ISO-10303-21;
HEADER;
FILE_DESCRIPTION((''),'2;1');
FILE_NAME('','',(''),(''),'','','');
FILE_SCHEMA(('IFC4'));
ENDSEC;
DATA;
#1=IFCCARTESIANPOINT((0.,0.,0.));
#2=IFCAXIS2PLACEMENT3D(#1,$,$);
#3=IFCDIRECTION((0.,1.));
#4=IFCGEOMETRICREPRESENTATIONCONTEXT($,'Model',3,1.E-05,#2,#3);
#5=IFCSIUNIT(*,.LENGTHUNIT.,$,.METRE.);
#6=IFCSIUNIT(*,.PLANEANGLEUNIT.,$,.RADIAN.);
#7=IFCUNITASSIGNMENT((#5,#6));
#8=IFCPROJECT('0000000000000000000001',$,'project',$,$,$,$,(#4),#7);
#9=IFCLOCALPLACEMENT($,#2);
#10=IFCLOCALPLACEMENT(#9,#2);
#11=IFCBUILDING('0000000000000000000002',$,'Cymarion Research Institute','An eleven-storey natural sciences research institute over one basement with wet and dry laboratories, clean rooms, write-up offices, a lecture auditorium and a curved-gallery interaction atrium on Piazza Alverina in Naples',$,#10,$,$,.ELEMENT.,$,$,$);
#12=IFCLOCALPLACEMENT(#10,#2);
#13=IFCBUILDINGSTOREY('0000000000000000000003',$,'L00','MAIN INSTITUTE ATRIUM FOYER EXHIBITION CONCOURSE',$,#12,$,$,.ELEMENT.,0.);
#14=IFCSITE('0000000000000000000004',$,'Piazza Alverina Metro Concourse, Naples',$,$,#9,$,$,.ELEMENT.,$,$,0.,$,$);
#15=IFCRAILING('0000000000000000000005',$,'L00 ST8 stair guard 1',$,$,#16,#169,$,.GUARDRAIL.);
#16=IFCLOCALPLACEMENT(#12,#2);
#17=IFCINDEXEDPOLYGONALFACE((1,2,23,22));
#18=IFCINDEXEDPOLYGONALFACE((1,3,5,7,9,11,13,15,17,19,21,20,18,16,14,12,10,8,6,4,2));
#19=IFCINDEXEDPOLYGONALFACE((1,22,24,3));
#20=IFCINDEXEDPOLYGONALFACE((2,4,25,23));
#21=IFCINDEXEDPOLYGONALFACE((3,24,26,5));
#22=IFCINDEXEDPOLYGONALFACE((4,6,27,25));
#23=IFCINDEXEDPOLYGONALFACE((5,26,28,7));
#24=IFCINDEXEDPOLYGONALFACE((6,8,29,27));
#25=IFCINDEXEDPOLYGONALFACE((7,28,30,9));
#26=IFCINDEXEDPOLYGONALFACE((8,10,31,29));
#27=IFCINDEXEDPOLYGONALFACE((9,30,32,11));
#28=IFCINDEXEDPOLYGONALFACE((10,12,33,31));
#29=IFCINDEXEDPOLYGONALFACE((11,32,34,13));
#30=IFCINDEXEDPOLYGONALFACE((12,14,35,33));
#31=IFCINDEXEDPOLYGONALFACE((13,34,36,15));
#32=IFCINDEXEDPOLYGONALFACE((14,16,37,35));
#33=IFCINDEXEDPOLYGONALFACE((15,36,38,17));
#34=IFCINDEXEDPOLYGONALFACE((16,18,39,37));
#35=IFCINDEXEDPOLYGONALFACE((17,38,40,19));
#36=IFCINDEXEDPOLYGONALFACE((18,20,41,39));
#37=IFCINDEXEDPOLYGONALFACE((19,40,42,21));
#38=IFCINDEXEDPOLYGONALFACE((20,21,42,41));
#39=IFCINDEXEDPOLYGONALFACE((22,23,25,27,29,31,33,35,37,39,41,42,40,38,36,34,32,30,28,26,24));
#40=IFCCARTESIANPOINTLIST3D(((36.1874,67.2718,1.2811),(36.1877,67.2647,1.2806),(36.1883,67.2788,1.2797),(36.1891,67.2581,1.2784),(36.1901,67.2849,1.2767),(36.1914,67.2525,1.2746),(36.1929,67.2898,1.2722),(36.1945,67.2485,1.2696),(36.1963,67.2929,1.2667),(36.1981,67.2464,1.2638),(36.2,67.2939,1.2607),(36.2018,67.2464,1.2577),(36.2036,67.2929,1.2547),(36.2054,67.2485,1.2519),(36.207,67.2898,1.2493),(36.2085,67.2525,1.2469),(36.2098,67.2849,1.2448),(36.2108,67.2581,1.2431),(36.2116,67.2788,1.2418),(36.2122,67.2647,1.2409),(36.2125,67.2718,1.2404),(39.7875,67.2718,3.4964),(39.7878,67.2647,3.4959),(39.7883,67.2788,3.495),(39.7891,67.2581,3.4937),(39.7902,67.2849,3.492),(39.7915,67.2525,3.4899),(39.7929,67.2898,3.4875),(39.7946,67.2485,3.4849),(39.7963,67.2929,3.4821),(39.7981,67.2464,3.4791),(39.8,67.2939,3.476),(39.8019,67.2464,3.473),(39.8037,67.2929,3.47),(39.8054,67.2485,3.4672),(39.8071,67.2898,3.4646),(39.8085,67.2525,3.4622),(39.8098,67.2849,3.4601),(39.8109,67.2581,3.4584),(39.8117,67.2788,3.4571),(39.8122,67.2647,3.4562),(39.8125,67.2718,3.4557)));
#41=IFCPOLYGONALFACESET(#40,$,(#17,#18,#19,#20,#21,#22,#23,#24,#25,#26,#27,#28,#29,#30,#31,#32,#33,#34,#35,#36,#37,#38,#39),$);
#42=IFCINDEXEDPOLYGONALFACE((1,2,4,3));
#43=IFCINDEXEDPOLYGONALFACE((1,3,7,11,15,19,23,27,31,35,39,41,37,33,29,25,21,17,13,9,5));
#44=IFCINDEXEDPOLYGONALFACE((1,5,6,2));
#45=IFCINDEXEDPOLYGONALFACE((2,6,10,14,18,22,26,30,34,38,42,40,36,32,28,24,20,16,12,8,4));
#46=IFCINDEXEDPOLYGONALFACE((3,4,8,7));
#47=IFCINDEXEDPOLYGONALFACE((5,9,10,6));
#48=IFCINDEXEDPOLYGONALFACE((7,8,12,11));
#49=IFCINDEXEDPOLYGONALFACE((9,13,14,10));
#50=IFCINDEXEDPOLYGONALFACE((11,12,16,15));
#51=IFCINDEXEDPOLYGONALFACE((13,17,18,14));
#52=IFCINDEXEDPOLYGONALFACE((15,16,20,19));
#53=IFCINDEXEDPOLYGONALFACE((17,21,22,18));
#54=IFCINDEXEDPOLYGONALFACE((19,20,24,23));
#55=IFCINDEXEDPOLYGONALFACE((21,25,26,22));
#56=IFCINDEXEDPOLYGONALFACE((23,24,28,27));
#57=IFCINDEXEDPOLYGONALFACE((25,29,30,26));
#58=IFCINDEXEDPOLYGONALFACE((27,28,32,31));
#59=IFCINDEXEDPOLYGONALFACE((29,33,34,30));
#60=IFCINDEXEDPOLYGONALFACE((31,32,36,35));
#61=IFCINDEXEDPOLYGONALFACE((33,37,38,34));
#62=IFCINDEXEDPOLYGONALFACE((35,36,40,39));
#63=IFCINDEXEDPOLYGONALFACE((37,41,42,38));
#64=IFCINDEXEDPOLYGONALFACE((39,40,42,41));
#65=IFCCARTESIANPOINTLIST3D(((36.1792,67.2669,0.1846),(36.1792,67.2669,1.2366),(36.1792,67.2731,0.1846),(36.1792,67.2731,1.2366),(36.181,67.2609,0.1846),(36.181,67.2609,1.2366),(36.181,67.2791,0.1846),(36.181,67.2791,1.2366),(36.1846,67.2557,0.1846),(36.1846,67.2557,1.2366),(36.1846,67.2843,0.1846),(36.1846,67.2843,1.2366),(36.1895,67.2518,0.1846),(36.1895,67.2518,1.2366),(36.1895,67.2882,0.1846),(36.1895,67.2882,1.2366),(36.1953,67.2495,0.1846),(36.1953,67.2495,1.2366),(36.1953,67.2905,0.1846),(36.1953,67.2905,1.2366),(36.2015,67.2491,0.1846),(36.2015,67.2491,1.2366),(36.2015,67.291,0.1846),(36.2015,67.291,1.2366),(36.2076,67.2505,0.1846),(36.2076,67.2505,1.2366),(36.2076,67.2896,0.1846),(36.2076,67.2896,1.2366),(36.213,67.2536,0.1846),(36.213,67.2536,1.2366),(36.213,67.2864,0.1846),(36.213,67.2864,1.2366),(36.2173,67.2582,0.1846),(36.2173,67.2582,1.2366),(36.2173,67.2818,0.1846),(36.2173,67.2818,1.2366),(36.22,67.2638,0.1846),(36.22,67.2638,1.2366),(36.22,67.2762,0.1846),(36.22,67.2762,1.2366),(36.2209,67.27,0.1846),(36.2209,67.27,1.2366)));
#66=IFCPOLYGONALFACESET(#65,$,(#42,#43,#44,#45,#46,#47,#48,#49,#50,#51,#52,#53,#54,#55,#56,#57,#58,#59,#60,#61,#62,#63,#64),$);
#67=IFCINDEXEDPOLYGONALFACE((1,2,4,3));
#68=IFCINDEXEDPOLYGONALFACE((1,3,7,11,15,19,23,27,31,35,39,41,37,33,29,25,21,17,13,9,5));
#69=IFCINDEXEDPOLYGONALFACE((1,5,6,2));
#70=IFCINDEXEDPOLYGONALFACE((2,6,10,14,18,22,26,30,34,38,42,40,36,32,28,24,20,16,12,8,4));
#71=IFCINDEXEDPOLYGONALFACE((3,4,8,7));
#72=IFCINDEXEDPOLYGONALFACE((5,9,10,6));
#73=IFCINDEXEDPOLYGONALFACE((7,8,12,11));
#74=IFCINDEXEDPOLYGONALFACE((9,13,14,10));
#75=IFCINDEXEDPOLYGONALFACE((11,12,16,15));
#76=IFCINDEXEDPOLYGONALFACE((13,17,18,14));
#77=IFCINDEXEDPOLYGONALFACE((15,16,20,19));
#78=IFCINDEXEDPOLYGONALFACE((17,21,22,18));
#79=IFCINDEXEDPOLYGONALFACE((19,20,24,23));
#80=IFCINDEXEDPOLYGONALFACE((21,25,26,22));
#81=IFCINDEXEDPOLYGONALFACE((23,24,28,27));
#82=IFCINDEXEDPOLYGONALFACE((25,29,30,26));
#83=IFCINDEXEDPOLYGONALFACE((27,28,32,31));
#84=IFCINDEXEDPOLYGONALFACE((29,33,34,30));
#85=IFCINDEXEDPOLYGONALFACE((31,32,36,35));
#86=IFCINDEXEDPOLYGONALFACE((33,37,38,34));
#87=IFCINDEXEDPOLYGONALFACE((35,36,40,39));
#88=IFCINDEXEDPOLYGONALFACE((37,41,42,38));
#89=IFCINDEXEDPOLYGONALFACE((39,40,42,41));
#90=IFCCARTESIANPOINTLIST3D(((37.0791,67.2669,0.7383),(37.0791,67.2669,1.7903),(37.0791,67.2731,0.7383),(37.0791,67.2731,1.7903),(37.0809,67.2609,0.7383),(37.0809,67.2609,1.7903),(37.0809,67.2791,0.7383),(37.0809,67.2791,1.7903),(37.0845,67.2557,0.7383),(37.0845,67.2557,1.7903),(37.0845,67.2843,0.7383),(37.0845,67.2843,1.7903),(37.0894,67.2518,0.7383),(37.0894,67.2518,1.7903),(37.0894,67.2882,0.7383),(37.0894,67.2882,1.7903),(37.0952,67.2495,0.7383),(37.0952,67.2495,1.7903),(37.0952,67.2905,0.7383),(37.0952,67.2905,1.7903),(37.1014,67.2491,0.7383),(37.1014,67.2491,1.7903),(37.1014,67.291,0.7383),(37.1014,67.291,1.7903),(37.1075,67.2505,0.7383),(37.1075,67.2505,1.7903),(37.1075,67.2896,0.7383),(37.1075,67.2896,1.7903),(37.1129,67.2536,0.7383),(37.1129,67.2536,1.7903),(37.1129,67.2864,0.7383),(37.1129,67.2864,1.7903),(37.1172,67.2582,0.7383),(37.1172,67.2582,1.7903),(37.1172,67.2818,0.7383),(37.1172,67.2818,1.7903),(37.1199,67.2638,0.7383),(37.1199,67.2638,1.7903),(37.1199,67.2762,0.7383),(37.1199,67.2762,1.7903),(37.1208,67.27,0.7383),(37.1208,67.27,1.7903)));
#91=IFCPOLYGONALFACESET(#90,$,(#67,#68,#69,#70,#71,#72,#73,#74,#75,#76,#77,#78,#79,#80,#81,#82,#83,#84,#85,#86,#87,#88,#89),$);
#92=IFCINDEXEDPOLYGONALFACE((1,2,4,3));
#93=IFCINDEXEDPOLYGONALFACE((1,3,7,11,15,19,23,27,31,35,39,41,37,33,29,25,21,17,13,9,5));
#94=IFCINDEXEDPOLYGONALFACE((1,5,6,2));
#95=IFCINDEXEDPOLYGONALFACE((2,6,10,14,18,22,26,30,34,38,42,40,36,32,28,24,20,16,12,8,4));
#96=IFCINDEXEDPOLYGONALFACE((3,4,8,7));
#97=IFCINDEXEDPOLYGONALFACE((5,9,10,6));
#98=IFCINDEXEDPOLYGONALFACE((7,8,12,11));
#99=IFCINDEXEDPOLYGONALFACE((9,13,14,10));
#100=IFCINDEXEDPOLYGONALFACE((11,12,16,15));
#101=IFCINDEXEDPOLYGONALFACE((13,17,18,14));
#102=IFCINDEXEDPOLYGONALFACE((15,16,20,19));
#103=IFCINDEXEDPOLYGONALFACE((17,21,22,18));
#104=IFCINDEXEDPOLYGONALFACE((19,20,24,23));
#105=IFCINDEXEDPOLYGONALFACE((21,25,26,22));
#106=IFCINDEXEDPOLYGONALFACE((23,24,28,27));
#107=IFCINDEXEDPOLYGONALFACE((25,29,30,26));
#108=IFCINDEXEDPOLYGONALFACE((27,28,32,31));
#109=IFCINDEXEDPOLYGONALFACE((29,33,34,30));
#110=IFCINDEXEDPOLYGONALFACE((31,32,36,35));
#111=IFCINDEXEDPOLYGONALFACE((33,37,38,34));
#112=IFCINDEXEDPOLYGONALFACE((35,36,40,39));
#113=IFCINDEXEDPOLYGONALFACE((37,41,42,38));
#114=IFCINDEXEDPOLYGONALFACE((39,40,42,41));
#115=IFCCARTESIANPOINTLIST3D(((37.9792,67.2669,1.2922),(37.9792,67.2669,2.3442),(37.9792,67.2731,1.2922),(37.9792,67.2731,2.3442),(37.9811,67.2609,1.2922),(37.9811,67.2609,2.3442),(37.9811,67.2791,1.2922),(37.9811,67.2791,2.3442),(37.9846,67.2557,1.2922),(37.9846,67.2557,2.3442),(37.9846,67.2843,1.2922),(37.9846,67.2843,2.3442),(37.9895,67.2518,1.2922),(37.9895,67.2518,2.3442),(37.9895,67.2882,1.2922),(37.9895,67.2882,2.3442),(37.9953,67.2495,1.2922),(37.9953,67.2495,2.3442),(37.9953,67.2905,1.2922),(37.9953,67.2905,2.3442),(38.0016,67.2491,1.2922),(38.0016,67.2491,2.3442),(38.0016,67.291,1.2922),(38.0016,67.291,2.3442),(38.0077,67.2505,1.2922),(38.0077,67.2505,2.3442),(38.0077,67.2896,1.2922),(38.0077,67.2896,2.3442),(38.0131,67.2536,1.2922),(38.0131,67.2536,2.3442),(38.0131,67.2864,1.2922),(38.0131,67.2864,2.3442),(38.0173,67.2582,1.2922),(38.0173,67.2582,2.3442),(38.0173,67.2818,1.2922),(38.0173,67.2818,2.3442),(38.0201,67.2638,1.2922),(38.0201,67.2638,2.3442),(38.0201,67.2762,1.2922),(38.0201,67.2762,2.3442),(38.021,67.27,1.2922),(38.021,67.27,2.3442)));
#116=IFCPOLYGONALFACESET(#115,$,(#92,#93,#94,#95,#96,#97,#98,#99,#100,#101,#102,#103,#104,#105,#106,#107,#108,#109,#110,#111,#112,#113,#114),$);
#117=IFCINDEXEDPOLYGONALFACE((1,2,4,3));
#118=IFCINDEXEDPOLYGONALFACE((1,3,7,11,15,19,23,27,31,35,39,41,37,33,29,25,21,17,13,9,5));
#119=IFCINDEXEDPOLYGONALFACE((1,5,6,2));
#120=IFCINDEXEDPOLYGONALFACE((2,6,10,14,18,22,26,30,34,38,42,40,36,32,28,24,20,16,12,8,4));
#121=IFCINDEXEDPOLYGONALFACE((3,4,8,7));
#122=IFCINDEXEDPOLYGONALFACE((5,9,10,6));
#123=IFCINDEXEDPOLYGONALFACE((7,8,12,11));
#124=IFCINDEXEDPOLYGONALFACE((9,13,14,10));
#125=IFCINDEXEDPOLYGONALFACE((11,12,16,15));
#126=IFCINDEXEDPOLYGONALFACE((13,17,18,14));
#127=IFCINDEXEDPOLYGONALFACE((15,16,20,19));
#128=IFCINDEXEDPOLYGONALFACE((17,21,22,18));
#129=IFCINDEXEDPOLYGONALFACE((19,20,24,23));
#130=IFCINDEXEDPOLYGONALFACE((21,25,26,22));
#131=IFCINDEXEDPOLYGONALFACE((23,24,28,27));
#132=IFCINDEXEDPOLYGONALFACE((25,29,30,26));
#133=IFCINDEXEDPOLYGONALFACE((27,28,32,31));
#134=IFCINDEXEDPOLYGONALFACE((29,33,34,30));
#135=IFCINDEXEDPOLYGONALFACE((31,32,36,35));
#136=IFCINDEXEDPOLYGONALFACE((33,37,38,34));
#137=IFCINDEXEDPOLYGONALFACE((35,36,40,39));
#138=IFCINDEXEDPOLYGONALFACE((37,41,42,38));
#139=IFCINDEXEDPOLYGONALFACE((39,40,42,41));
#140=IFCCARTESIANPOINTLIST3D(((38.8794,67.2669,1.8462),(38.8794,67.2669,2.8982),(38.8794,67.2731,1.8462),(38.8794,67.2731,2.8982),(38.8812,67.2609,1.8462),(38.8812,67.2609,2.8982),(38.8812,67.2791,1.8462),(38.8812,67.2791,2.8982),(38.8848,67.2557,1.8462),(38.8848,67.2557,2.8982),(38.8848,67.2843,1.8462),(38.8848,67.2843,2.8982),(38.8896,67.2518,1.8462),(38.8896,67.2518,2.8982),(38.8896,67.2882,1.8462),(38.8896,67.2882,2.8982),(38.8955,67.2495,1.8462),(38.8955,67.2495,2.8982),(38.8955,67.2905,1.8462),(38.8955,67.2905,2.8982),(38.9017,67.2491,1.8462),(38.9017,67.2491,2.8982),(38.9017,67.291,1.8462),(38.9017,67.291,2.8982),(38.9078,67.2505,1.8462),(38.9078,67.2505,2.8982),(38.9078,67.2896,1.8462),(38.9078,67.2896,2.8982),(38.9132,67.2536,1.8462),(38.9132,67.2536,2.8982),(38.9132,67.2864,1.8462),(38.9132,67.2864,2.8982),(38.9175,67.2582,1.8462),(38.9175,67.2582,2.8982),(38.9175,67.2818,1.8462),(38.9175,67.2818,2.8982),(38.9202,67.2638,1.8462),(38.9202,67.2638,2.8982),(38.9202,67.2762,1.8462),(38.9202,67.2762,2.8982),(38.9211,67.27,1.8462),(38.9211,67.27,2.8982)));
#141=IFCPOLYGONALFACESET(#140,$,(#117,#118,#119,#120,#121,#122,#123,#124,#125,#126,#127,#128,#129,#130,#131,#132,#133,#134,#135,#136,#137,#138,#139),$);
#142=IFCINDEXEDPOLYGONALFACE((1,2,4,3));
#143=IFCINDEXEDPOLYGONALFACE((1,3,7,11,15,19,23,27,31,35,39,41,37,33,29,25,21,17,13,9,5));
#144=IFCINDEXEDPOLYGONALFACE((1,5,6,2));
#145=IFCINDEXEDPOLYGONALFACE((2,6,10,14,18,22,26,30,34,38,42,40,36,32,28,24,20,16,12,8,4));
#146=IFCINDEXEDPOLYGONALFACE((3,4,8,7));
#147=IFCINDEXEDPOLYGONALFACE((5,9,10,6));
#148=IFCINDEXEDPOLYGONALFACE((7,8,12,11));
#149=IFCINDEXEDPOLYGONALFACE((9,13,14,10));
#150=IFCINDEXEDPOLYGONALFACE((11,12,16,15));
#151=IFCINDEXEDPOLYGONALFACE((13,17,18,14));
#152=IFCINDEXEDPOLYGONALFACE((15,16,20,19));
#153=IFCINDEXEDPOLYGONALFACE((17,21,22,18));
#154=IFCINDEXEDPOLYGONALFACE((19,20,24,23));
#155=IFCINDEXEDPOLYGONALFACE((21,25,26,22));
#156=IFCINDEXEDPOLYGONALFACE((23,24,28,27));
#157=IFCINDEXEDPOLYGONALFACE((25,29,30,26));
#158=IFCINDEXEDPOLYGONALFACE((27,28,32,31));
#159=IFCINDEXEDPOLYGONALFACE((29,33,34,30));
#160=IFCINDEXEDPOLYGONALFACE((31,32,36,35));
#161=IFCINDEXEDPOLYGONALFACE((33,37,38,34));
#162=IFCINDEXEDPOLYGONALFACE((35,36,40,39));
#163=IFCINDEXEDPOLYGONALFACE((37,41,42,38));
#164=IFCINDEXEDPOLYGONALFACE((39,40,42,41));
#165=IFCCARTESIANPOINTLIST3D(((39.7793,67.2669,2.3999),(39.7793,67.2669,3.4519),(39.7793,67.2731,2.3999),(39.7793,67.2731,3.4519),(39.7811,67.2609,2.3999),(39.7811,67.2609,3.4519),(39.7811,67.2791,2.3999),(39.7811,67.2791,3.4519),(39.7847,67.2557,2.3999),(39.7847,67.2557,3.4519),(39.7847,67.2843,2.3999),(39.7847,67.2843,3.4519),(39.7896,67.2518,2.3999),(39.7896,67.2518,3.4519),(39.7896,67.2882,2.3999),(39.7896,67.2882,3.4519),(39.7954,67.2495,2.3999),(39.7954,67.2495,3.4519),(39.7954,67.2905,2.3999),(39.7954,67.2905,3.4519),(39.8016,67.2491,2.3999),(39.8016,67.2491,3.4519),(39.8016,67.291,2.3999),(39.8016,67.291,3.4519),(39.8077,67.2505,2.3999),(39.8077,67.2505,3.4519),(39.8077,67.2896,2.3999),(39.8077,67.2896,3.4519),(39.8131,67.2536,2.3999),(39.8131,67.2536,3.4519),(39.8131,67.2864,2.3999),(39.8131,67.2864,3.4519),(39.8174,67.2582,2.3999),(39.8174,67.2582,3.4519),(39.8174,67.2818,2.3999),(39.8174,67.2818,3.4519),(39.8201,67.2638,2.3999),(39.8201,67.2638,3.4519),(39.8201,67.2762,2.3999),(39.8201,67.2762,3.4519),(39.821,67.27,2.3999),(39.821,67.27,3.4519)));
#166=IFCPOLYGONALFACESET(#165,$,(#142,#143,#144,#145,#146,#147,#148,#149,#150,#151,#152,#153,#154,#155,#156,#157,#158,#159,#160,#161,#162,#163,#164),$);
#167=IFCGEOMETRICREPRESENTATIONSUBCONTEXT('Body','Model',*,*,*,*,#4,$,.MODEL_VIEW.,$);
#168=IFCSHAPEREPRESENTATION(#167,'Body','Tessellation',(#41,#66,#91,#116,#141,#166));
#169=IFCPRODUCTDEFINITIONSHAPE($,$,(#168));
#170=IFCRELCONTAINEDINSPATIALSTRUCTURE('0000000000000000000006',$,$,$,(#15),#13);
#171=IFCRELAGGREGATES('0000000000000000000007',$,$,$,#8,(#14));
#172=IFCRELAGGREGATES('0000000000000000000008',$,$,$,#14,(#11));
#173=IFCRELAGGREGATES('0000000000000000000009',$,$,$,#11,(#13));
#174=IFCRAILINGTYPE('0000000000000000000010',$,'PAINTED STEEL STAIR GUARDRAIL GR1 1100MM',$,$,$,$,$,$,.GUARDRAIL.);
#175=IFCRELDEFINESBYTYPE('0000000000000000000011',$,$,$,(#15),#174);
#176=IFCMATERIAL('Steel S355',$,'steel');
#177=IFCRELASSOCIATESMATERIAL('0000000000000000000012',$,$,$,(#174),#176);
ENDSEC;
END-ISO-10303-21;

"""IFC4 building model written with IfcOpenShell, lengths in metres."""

from ifc_helpers import new_model, si_unit, direction, frame, origin, origin_2d, place, context, subcontext, project, spatial, circle, extrude, material, type_object, element, save


model = new_model("IFC4")

# Units and contexts
model_context = context("Model", 3, precision=1e-05, world=origin(), true_north=direction((0.0, 1.0)))
body_context = subcontext(model_context, "Body", "Model", "MODEL_VIEW")
ifc_project = project(units=[si_unit("LENGTHUNIT", "METRE"), si_unit("PLANEANGLEUNIT", "RADIAN")], contexts=[model_context])

# Site, building, storey
site_placement = place(None, origin())
site = spatial("IfcSite", under=ifc_project, at=site_placement, Name="Piazza Alverina Metro Concourse, Naples", CompositionType="ELEMENT", RefElevation=0.0)
building_placement = place(site_placement, origin())
building = spatial("IfcBuilding", under=site, at=building_placement, Name="Cymarion Research Institute", Description="An eleven-storey natural sciences research institute over one basement with wet and dry laboratories, clean rooms, write-up offices, a lecture auditorium and a curved-gallery interaction atrium on Piazza Alverina in Naples", CompositionType="ELEMENT")
storey_placement = place(building_placement, origin())
storey = spatial("IfcBuildingStorey", under=building, at=storey_placement, Name="L00", Description="MAIN INSTITUTE ATRIUM FOYER EXHIBITION CONCOURSE", CompositionType="ELEMENT", Elevation=0.0)

# Shared definitions
ifc_material_1 = material(Name="Steel S355", Category="steel")

# Railing
railing_type_1 = type_object("IfcRailingType", Name="PAINTED STEEL STAIR GUARDRAIL GR1 1100MM", PredefinedType="GUARDRAIL", material=ifc_material_1)
railing_1_placement = place(storey_placement, frame((36.2, 67.27, 0.1846)))
element("IfcRailing", 1, at=railing_1_placement, inside=storey, type_object=railing_type_1, Name="L00 ST8 stair guard 1", PredefinedType="GUARDRAIL", context=body_context, shape_type="SweptSolid", body=[
    extrude(circle(Radius=0.0239, at=origin_2d()), frame((0.0, 0.0, 1.0762), z_axis=(0.85167, 0.0, 0.524078), x_axis=(0.0, 1.0, 0.0)), (0.0, 0.0, 1.0), 4.2271),
    extrude(circle(Radius=0.021, at=origin_2d()), origin(), (0.0, 0.0, 1.0), 1.052),
    extrude(circle(Radius=0.021, at=origin_2d()), frame((0.8999, 0.0, 0.5537)), (0.0, 0.0, 1.0), 1.052),
    extrude(circle(Radius=0.021, at=origin_2d()), frame((1.8, 0.0, 1.1077)), (0.0, 0.0, 1.0), 1.052),
    extrude(circle(Radius=0.021, at=origin_2d()), frame((2.7002, 0.0, 1.6616)), (0.0, 0.0, 1.0), 1.052),
    extrude(circle(Radius=0.021, at=origin_2d()), frame((3.6001, 0.0, 2.2153)), (0.0, 0.0, 1.0), 1.052),
])

save(model, "model.ifc")
